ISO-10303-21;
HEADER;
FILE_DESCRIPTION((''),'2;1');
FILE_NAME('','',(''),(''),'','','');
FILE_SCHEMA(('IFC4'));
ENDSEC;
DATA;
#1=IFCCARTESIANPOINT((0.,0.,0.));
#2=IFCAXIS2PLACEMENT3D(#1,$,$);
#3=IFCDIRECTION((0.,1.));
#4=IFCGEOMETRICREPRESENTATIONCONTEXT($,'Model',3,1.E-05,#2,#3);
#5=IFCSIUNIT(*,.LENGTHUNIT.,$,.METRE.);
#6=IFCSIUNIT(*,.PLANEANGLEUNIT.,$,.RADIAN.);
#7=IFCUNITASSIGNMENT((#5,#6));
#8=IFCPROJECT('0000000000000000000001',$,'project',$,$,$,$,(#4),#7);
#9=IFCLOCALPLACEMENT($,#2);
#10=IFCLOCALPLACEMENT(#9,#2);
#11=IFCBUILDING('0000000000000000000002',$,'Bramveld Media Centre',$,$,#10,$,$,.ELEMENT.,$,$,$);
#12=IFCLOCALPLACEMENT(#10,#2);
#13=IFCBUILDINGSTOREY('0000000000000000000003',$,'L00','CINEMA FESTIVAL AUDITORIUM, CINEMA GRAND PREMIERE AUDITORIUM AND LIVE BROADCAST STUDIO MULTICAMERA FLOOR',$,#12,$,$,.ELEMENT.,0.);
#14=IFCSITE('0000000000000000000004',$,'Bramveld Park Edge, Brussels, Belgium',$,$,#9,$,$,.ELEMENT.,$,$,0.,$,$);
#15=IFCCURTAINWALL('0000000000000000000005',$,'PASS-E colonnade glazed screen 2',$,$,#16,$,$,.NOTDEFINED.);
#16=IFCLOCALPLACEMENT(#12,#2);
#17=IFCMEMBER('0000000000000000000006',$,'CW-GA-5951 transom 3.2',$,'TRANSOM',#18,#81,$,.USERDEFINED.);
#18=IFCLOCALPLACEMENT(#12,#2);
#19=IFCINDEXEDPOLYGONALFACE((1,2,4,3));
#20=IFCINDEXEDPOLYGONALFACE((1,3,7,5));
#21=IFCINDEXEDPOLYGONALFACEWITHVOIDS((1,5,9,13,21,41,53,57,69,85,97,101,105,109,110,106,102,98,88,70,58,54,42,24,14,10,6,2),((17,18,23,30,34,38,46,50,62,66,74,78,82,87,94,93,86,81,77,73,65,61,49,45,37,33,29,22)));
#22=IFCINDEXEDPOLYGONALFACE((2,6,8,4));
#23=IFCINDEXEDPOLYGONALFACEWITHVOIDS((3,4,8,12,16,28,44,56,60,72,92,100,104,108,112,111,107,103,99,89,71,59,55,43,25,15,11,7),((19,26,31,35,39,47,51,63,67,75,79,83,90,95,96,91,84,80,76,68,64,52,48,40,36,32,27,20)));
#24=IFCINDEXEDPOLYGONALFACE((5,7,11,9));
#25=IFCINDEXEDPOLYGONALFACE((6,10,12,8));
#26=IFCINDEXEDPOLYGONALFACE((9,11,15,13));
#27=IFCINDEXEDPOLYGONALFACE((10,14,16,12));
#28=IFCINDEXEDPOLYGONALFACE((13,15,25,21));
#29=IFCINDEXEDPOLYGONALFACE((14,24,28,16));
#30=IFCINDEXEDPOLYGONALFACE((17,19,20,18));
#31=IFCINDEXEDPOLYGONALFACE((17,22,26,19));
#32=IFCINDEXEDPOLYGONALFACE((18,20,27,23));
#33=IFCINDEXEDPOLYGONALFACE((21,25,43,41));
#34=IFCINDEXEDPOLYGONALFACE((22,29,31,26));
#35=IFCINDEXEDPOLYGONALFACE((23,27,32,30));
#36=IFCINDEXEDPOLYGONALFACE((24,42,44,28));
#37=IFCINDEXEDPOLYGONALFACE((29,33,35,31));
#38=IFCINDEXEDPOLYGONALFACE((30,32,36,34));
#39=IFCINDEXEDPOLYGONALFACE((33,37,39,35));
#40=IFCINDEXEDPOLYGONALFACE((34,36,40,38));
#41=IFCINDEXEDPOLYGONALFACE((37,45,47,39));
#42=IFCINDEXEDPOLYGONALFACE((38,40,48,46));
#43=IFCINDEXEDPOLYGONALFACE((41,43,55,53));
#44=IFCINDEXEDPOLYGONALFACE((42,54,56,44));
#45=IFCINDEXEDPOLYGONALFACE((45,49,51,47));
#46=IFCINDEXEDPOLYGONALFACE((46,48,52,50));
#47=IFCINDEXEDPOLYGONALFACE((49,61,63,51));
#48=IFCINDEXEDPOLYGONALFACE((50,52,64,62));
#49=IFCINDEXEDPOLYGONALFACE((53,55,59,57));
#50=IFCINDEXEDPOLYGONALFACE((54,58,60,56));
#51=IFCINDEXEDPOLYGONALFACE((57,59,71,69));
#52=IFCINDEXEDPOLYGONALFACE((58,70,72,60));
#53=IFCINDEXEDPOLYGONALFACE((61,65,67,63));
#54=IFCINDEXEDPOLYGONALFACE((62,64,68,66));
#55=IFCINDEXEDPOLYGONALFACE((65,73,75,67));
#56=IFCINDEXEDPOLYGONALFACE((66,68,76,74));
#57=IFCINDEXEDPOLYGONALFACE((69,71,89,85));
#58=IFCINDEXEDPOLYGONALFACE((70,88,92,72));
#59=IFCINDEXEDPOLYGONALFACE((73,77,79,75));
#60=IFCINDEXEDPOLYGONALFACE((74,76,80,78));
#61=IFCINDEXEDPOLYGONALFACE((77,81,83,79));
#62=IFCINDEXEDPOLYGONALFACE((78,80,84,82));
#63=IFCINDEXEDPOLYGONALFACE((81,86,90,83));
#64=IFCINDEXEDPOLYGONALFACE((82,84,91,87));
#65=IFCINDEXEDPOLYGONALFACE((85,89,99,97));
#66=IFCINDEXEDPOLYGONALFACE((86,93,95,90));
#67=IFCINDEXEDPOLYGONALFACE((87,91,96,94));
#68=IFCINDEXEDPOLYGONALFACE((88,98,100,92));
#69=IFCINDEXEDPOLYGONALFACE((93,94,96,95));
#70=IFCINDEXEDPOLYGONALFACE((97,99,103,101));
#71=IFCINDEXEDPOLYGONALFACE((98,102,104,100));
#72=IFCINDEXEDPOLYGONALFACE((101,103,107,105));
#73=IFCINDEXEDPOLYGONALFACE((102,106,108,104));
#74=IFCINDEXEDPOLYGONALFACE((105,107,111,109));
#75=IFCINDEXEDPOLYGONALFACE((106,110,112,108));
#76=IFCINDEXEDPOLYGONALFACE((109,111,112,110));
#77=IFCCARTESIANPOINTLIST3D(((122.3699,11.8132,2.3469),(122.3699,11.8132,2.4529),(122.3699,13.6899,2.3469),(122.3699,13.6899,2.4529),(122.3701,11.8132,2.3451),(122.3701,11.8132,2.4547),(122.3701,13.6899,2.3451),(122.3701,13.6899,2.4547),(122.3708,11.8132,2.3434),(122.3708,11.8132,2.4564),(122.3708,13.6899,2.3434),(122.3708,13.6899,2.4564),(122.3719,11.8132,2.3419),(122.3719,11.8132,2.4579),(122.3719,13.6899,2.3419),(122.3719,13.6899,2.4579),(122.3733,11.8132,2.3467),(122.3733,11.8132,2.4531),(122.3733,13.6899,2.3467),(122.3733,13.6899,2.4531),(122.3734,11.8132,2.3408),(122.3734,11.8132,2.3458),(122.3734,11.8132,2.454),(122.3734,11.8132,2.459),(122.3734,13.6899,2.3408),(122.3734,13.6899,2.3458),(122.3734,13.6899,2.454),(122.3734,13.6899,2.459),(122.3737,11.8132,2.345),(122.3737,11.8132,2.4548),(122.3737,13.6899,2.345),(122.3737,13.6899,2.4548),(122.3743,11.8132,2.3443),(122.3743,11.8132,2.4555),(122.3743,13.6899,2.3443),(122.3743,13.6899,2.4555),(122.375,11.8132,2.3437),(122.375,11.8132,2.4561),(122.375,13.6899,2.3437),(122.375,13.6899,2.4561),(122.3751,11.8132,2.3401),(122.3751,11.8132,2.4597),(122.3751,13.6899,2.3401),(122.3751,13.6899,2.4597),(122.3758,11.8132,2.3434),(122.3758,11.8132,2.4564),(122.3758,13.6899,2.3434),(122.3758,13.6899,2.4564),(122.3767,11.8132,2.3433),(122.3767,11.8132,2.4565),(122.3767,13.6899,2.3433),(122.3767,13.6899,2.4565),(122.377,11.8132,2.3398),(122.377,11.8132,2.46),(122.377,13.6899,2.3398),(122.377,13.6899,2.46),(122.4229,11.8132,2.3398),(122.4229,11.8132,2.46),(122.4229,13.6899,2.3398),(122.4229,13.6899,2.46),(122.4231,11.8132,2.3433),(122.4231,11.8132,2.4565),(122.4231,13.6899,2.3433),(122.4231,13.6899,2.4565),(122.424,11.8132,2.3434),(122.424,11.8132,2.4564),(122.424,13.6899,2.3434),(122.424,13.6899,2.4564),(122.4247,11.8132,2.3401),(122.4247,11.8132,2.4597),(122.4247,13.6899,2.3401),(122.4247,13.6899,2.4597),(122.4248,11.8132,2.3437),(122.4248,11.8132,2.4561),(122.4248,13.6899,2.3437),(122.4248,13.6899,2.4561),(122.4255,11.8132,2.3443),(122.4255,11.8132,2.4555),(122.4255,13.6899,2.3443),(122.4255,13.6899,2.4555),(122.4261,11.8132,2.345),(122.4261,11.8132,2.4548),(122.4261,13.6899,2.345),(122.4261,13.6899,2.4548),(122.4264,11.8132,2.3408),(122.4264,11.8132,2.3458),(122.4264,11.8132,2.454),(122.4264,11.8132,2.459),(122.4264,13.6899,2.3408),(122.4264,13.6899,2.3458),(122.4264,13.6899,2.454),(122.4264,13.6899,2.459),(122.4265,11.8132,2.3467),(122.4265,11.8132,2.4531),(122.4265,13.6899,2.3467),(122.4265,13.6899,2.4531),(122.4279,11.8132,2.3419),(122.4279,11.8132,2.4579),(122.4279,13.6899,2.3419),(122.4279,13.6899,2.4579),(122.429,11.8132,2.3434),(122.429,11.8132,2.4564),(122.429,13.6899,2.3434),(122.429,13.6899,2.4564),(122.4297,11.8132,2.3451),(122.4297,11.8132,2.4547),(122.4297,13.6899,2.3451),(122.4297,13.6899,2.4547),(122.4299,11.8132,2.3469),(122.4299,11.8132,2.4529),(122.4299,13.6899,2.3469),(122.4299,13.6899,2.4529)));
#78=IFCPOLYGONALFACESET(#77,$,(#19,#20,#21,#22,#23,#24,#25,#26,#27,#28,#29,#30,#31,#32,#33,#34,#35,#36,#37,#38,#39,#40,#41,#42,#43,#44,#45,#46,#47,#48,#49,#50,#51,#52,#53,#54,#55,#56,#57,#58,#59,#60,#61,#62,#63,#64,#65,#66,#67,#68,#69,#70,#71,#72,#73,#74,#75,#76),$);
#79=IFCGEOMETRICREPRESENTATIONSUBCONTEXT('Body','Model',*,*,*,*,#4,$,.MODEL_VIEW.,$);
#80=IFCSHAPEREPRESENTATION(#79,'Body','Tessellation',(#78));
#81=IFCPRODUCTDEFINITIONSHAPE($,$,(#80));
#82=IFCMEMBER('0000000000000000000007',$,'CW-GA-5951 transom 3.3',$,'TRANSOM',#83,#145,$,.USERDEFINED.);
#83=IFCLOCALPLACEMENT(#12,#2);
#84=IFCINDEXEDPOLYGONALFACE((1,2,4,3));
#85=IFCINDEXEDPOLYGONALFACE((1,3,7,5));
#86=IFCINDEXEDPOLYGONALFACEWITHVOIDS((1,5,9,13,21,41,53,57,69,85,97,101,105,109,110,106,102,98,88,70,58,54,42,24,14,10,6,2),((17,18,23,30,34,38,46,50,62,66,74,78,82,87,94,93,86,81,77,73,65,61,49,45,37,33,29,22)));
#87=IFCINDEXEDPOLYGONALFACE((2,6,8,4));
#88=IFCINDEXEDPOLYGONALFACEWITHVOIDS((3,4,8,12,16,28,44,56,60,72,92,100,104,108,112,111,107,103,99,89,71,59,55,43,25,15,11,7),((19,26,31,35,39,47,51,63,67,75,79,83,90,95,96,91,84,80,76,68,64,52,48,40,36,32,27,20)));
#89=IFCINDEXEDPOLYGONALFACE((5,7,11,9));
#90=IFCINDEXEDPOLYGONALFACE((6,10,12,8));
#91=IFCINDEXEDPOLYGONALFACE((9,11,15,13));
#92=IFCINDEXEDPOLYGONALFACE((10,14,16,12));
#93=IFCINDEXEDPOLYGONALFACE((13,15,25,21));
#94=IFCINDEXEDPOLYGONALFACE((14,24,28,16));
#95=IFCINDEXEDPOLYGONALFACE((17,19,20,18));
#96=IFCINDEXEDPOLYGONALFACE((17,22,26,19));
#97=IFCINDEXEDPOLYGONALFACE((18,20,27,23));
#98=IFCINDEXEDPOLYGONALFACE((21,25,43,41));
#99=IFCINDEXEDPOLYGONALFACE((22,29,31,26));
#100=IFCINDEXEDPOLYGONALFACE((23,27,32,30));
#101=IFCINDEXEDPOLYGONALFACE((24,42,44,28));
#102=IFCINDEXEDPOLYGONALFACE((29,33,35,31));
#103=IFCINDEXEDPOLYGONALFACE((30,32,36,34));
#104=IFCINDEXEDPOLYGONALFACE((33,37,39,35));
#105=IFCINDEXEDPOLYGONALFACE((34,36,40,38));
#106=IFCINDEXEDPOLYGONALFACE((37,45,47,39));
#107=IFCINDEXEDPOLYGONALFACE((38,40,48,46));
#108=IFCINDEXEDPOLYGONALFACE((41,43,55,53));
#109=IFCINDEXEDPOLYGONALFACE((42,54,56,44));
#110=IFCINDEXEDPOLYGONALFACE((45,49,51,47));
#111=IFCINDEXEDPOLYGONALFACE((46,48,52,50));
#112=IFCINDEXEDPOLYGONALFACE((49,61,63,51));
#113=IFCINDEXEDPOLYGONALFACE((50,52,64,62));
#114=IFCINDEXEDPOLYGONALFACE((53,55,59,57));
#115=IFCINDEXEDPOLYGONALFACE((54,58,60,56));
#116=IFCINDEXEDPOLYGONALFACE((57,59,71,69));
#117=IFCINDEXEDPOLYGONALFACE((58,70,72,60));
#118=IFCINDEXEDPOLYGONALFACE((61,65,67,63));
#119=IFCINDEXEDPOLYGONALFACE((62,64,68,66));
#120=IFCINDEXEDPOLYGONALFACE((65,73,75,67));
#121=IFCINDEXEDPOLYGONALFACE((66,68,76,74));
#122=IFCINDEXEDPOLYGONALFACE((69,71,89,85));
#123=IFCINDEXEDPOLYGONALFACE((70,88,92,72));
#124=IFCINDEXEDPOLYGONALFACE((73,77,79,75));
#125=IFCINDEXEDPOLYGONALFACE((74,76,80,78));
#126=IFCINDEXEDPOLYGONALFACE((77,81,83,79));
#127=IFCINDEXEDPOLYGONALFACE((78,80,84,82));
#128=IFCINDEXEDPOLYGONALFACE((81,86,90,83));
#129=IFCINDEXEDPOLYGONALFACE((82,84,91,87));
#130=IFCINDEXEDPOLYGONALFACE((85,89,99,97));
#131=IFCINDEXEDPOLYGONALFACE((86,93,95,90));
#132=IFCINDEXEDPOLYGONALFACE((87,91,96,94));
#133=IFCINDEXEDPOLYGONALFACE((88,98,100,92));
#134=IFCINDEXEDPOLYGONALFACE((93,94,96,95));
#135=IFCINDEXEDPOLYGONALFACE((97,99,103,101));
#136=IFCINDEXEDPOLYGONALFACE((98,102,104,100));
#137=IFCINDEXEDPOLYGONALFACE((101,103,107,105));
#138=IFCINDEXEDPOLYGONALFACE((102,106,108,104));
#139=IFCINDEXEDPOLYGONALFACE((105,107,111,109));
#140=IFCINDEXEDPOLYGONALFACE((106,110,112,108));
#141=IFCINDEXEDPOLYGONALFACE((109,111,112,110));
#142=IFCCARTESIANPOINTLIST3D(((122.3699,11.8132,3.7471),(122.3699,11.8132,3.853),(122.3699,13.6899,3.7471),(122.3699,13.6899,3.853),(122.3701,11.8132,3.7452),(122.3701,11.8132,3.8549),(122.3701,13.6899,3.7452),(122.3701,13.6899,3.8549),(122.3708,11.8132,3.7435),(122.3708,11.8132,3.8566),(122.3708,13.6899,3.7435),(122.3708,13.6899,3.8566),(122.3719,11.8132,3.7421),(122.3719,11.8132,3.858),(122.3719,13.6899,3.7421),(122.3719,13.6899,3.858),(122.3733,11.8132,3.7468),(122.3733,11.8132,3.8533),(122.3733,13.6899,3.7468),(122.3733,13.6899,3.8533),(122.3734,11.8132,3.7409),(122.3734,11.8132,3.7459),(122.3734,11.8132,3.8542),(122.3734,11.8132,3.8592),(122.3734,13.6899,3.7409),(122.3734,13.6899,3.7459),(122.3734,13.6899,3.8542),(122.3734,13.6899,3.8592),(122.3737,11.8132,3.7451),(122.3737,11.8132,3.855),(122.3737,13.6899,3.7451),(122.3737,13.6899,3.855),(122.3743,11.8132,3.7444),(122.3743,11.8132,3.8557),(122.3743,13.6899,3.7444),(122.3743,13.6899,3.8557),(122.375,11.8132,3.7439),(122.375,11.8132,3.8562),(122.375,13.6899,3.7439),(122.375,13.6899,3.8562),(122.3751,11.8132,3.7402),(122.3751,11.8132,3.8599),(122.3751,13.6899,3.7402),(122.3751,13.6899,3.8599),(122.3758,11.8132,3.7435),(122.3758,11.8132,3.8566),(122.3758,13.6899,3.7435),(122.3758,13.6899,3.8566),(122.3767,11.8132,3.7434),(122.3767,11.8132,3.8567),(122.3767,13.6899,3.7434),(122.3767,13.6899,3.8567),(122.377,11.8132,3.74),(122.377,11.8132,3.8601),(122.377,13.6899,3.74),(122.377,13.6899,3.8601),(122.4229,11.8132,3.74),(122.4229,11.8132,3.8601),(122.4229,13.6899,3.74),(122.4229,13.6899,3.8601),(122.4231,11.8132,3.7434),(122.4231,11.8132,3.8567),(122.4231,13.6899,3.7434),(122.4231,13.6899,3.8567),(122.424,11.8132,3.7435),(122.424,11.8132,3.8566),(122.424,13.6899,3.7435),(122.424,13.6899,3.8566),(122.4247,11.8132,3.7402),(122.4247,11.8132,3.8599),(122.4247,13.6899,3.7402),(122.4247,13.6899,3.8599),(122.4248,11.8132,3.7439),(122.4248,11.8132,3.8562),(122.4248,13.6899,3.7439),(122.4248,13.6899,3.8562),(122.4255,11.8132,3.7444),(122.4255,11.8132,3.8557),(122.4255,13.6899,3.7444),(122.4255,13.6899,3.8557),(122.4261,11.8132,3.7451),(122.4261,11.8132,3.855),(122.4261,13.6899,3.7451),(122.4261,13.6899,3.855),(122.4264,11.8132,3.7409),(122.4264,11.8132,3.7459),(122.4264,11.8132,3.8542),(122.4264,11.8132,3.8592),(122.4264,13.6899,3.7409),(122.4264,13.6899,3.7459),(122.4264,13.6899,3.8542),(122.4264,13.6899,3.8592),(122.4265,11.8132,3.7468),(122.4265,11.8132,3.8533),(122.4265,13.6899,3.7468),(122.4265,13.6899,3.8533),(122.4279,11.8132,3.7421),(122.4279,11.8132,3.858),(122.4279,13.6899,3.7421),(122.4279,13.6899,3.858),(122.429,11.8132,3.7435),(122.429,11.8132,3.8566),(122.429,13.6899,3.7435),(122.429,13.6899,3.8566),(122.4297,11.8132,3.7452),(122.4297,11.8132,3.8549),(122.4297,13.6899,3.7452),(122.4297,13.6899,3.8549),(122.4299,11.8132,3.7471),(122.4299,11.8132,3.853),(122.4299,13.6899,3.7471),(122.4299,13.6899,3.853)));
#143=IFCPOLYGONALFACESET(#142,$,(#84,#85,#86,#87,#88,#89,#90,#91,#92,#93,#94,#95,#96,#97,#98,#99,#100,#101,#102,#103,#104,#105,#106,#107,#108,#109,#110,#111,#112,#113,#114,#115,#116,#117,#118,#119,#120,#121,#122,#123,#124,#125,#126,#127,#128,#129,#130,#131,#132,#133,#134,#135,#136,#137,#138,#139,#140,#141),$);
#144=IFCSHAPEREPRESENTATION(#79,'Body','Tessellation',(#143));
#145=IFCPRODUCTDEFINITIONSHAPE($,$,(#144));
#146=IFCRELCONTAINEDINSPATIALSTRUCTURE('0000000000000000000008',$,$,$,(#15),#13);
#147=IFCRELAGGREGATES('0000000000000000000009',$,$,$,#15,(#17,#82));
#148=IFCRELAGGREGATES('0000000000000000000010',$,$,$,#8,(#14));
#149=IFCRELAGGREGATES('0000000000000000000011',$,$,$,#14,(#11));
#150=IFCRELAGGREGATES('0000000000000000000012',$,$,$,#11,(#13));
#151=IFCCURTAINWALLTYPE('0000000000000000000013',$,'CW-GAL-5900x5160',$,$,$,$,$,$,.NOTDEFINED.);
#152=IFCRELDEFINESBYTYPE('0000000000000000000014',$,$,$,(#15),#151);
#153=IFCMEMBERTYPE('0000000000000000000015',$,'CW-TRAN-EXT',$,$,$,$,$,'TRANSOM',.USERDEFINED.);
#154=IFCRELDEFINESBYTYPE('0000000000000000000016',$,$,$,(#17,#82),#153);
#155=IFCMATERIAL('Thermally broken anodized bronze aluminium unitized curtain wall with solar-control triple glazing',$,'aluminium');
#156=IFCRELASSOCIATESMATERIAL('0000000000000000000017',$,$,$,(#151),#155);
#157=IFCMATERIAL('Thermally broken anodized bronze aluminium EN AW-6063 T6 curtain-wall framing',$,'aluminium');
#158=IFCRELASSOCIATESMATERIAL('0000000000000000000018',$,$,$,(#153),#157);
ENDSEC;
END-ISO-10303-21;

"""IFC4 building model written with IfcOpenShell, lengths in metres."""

from ifc_helpers import new_model, si_unit, direction, frame, origin, origin_2d, place, context, subcontext, project, spatial, hollow_rectangle, extrude, material, material_profile, profile_set, type_object, element, aggregate, save


model = new_model("IFC4")

# Units and contexts
model_context = context("Model", 3, precision=1e-05, world=origin(), true_north=direction((0.0, 1.0)))
body_context = subcontext(model_context, "Body", "Model", "MODEL_VIEW")
ifc_project = project(units=[si_unit("LENGTHUNIT", "METRE"), si_unit("PLANEANGLEUNIT", "RADIAN")], contexts=[model_context])

# Site, building, storey
site_placement = place(None, origin())
site = spatial("IfcSite", under=ifc_project, at=site_placement, Name="Bramveld Park Edge, Brussels, Belgium", CompositionType="ELEMENT", RefElevation=0.0)
building_placement = place(site_placement, origin())
building = spatial("IfcBuilding", under=site, at=building_placement, Name="Bramveld Media Centre", CompositionType="ELEMENT")
storey_placement = place(building_placement, origin())
storey = spatial("IfcBuildingStorey", under=building, at=storey_placement, Name="L00", Description="CINEMA FESTIVAL AUDITORIUM, CINEMA GRAND PREMIERE AUDITORIUM AND LIVE BROADCAST STUDIO MULTICAMERA FLOOR", CompositionType="ELEMENT", Elevation=0.0)

# Curtain wall
ifc_material_1 = material(Name="Thermally broken anodized bronze aluminium unitized curtain wall with solar-control triple glazing", Category="aluminium")
curtain_wall_type = type_object("IfcCurtainWallType", Name="CW-GAL-5900x5160", PredefinedType="NOTDEFINED", material=ifc_material_1)
curtain_wall_1_placement = place(storey_placement, origin())
curtain_wall_1 = element("IfcCurtainWall", 1, at=curtain_wall_1_placement, inside=storey, type_object=curtain_wall_type, Name="PASS-E colonnade glazed screen 2", PredefinedType="NOTDEFINED")

# Members
ifc_material_2 = material(Name="Thermally broken anodized bronze aluminium EN AW-6063 T6 curtain-wall framing", Category="aluminium")
ifc_material_profile_1 = material_profile(ifc_material_2, hollow_rectangle(XDim=0.0601, YDim=0.1201, WallThickness=0.0034, InnerFilletRadius=0.0034, OuterFilletRadius=0.0071, at=origin_2d()), Name="AL-TRAN 60x120")
ifc_profile_set_1 = profile_set([ifc_material_profile_1], Name="Thermally broken anodized bronze aluminium EN AW-6063 T6 curtain-wall framing")
member_type_1 = type_object("IfcMemberType", Name="CW-TRAN-EXT", ElementType="TRANSOM", PredefinedType="USERDEFINED", material=ifc_profile_set_1)
member_1_placement = place(storey_placement, frame((122.3999, 11.8132, 2.3999), z_axis=(0.0, 1.0, 0.0), x_axis=(-1.0, 0.0, 0.0)))
member_1 = element("IfcMember", 2, at=member_1_placement, type_object=member_type_1, Name="CW-GA-5951 transom 3.2", ObjectType="TRANSOM", PredefinedType="USERDEFINED", context=body_context, shape_type="SweptSolid", body=[
    extrude(hollow_rectangle(XDim=0.0601, YDim=0.1201, WallThickness=0.0034, InnerFilletRadius=0.0034, OuterFilletRadius=0.0071, at=origin_2d()), origin(), (0.0, 0.0, 1.0), 1.8767),
])
member_2_placement = place(storey_placement, frame((122.3999, 11.8132, 3.8), z_axis=(0.0, 1.0, 0.0), x_axis=(-1.0, 0.0, 0.0)))
member_2 = element("IfcMember", 3, at=member_2_placement, type_object=member_type_1, Name="CW-GA-5951 transom 3.3", ObjectType="TRANSOM", PredefinedType="USERDEFINED", context=body_context, shape_type="SweptSolid", body=[
    extrude(hollow_rectangle(XDim=0.0601, YDim=0.1201, WallThickness=0.0034, InnerFilletRadius=0.0034, OuterFilletRadius=0.0071, at=origin_2d()), origin(), (0.0, 0.0, 1.0), 1.8767),
])

aggregate(curtain_wall_1, [member_1, member_2])

save(model, "model.ifc")
